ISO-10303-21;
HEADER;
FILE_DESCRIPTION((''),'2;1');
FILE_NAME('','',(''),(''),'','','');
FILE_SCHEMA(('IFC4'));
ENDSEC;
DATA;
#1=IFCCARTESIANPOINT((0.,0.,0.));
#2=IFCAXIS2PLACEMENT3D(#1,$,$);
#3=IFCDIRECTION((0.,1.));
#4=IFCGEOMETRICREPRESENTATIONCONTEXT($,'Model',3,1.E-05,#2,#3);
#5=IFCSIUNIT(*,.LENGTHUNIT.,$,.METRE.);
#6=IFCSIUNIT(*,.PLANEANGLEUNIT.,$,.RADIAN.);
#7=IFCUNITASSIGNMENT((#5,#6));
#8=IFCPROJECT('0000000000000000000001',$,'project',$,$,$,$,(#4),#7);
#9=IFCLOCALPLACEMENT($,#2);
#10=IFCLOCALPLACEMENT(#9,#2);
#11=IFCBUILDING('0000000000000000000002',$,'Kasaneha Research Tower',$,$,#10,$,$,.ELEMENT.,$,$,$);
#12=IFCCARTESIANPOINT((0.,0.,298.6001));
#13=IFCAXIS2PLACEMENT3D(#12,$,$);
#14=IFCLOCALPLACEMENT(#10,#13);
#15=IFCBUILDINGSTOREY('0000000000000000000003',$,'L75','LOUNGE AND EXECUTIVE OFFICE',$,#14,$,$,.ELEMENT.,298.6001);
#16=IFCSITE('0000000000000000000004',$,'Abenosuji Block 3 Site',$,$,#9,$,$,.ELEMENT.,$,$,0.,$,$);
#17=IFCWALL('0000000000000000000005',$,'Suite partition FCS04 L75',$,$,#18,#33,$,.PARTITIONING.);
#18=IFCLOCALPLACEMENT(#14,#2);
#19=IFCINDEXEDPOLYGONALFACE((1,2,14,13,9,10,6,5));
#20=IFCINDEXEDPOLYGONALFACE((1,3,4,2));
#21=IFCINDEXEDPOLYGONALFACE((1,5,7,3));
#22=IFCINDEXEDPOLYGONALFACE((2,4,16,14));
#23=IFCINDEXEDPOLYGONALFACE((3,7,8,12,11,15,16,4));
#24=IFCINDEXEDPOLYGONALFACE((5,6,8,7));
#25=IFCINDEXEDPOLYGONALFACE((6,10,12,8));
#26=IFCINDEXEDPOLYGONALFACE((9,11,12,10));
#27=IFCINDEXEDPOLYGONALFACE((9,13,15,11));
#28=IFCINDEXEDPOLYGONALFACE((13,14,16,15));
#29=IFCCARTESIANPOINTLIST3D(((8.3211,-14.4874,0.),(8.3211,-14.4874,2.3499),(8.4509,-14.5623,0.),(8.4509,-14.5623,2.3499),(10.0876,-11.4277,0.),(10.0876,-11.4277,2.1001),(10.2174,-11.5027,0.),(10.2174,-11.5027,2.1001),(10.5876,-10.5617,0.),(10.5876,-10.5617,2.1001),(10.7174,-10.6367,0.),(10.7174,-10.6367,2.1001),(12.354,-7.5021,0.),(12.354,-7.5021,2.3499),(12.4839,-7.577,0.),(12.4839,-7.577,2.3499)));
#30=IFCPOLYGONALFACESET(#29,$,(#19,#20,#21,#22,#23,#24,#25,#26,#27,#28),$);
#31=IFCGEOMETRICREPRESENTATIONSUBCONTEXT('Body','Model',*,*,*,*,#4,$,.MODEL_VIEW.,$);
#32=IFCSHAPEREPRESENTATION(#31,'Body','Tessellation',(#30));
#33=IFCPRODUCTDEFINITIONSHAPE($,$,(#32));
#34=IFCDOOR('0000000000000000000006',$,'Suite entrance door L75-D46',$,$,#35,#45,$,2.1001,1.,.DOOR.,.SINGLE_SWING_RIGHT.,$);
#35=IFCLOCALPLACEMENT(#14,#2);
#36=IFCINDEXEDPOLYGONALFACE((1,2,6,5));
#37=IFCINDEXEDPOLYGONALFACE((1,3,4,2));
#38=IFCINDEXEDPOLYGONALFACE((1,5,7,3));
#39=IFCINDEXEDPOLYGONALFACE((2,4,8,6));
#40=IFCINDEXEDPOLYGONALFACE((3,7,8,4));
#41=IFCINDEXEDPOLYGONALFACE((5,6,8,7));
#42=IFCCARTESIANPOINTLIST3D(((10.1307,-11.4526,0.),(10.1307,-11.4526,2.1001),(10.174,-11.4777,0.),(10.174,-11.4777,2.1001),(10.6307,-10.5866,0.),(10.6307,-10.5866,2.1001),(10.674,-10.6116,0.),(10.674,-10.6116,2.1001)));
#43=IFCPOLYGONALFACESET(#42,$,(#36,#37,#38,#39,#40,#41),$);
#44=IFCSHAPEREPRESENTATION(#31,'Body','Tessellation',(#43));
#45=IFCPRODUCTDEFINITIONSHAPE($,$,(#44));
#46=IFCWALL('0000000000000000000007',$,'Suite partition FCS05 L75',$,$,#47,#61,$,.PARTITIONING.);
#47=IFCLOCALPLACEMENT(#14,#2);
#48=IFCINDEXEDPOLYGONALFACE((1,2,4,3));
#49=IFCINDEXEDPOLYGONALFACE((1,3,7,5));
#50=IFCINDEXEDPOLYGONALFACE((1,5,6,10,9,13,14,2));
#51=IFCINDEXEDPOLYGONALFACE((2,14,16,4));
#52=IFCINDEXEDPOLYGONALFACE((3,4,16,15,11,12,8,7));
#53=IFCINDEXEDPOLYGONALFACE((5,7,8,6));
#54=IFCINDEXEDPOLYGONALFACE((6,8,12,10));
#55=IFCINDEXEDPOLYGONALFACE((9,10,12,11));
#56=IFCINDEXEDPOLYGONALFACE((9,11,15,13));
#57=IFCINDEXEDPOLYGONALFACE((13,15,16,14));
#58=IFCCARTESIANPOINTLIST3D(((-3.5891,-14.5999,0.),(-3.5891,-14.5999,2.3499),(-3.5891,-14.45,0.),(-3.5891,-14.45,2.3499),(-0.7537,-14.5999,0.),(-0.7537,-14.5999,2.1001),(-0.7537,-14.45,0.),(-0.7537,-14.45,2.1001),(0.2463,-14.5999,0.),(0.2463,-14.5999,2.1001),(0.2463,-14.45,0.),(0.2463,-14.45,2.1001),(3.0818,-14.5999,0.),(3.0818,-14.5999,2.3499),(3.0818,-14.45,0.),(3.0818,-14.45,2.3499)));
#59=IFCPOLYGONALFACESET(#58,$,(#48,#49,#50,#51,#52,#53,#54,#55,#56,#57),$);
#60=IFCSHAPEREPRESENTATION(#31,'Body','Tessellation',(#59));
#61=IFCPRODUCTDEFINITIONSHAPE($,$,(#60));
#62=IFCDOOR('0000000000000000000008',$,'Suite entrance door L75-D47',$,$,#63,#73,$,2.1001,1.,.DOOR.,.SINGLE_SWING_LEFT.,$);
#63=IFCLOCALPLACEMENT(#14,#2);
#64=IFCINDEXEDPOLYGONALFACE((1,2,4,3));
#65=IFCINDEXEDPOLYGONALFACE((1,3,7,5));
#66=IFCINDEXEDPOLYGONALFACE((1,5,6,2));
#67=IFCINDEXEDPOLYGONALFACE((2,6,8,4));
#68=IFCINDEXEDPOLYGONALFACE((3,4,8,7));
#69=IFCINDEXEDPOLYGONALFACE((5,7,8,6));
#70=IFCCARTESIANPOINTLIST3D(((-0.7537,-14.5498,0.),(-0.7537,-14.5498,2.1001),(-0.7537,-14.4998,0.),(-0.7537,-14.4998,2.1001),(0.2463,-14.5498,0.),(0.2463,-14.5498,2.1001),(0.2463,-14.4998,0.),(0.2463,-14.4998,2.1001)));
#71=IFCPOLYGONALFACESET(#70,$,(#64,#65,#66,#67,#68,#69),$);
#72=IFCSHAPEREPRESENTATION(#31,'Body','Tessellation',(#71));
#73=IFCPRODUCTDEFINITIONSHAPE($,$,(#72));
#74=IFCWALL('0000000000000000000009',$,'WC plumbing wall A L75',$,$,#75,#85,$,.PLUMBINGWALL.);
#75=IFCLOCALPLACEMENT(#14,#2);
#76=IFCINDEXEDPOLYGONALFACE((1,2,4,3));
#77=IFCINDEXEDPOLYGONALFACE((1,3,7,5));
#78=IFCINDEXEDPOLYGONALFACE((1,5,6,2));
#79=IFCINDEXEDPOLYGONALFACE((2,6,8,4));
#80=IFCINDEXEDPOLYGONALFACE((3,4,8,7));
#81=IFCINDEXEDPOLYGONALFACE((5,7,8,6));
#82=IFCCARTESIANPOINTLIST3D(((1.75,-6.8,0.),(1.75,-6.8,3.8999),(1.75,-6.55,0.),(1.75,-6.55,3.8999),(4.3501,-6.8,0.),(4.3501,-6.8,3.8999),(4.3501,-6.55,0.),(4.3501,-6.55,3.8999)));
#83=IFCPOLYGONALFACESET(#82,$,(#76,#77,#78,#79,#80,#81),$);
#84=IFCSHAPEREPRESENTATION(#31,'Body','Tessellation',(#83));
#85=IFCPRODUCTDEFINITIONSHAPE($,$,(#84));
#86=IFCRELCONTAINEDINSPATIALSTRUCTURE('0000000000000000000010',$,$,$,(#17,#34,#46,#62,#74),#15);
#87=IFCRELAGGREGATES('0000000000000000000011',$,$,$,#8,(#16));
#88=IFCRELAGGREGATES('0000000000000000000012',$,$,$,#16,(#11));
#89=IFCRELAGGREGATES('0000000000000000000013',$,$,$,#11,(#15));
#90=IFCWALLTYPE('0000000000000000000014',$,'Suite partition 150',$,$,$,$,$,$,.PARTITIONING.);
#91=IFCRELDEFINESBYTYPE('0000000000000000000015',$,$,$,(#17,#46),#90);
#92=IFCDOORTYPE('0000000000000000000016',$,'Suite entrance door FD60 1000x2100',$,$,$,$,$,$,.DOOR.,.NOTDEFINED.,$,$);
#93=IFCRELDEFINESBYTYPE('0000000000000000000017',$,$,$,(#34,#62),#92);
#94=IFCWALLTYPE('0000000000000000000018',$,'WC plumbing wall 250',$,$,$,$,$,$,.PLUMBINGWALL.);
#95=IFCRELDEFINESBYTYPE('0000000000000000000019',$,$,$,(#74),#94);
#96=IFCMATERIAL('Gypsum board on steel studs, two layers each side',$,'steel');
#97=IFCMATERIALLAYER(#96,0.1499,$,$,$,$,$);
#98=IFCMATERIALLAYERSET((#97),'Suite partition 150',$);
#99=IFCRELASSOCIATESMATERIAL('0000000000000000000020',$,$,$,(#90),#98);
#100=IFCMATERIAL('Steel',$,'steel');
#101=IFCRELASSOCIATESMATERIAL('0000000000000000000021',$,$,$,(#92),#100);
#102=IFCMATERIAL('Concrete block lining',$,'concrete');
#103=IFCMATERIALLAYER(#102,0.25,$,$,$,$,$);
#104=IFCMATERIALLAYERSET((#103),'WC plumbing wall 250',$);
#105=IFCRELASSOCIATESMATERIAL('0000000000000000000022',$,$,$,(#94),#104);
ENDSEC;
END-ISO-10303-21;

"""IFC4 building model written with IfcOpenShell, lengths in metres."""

from ifc_helpers import new_model, si_unit, direction, frame, frame_2d, origin, place, context, subcontext, project, spatial, rectangle, extrude, material, layer, layer_set, type_object, element, fill, save


model = new_model("IFC4")

# Units and contexts
model_context = context("Model", 3, precision=1e-05, world=origin(), true_north=direction((0.0, 1.0)))
body_context = subcontext(model_context, "Body", "Model", "MODEL_VIEW")
ifc_project = project(units=[si_unit("LENGTHUNIT", "METRE"), si_unit("PLANEANGLEUNIT", "RADIAN")], contexts=[model_context])

# Site, building, storey
site_placement = place(None, origin())
site = spatial("IfcSite", under=ifc_project, at=site_placement, Name="Abenosuji Block 3 Site", CompositionType="ELEMENT", RefElevation=0.0)
building_placement = place(site_placement, origin())
building = spatial("IfcBuilding", under=site, at=building_placement, Name="Kasaneha Research Tower", CompositionType="ELEMENT")
storey_placement = place(building_placement, frame((0.0, 0.0, 298.6001)))
storey = spatial("IfcBuildingStorey", under=building, at=storey_placement, Name="L75", Description="LOUNGE AND EXECUTIVE OFFICE", CompositionType="ELEMENT", Elevation=298.6001)

# Shared definitions
ifc_material_1 = material(Name="Gypsum board on steel studs, two layers each side", Category="steel")
ifc_layer_1 = layer(ifc_material_1, 0.1499)
ifc_layer_set_1 = layer_set([ifc_layer_1], Name="Suite partition 150")
wall_type_1 = type_object("IfcWallType", Name="Suite partition 150", PredefinedType="PARTITIONING", material=ifc_layer_set_1)

# Walls, openings, doors
wall_1_placement = place(storey_placement, frame((12.4189, -7.5396, 0.0), z_axis=(0.0, 0.0, 1.0), x_axis=(-0.499997, -0.866027, 0.0)))
wall_1 = element("IfcWall", 1, at=wall_1_placement, inside=storey, type_object=wall_type_1, Name="Suite partition FCS04 L75", PredefinedType="PARTITIONING", context=body_context, shape_type="SweptSolid", body=[
    extrude(rectangle(XDim=8.0659, YDim=0.1499, at=frame_2d((4.033, 0.0))), origin(), (0.0, 0.0, 1.0), 2.3499),
])
opening_1_placement = place(wall_1_placement, frame((3.533, 0.0, 0.0)))
opening_1 = element("IfcOpeningElement", 2, at=opening_1_placement, cuts=wall_1, PredefinedType="OPENING", context=body_context, shape_type="SweptSolid", body=[
    extrude(rectangle(XDim=1.0, YDim=2.1001, at=frame_2d((0.5, 1.05))), frame((0.0, 0.085, 0.0), z_axis=(0.0, -1.0, 0.0), x_axis=(1.0, 0.0, 0.0)), (0.0, 0.0, 1.0), 0.1699),
])
ifc_material_2 = material(Name="Steel", Category="steel")
door_type_1 = type_object("IfcDoorType", Name="Suite entrance door FD60 1000x2100", OperationType="NOTDEFINED", PredefinedType="DOOR", material=ifc_material_2)
door_1_placement = place(opening_1_placement, origin())
door_1 = element("IfcDoor", 3, at=door_1_placement, inside=storey, type_object=door_type_1, Name="Suite entrance door L75-D46", OperationType="SINGLE_SWING_RIGHT", OverallHeight=2.1001, OverallWidth=1.0, PredefinedType="DOOR", context=body_context, shape_type="SweptSolid", body=[
    extrude(rectangle(XDim=1.0, YDim=2.1001, at=frame_2d((0.5, 1.05))), frame((0.0, 0.0249, 0.0), z_axis=(0.0, -1.0, 0.0), x_axis=(1.0, 0.0, 0.0)), (0.0, 0.0, 1.0), 0.05),
])
fill(opening_1, door_1)
wall_2_placement = place(storey_placement, frame((3.0818, -14.5249, 0.0), z_axis=(0.0, 0.0, 1.0), x_axis=(-1.0, 0.0, 0.0)))
wall_2 = element("IfcWall", 4, at=wall_2_placement, inside=storey, type_object=wall_type_1, Name="Suite partition FCS05 L75", PredefinedType="PARTITIONING", context=body_context, shape_type="SweptSolid", body=[
    extrude(rectangle(XDim=6.6709, YDim=0.1499, at=frame_2d((3.3354, 0.0))), origin(), (0.0, 0.0, 1.0), 2.3499),
])
opening_2_placement = place(wall_2_placement, frame((2.8354, 0.0, 0.0)))
opening_2 = element("IfcOpeningElement", 5, at=opening_2_placement, cuts=wall_2, PredefinedType="OPENING", context=body_context, shape_type="SweptSolid", body=[
    extrude(rectangle(XDim=1.0, YDim=2.1001, at=frame_2d((0.5, 1.05))), frame((0.0, 0.085, 0.0), z_axis=(0.0, -1.0, 0.0), x_axis=(1.0, 0.0, 0.0)), (0.0, 0.0, 1.0), 0.1699),
])
door_2_placement = place(opening_2_placement, origin())
door_2 = element("IfcDoor", 6, at=door_2_placement, inside=storey, type_object=door_type_1, Name="Suite entrance door L75-D47", OperationType="SINGLE_SWING_LEFT", OverallHeight=2.1001, OverallWidth=1.0, PredefinedType="DOOR", context=body_context, shape_type="SweptSolid", body=[
    extrude(rectangle(XDim=1.0, YDim=2.1001, at=frame_2d((0.5, 1.05))), frame((0.0, 0.0249, 0.0), z_axis=(0.0, -1.0, 0.0), x_axis=(1.0, 0.0, 0.0)), (0.0, 0.0, 1.0), 0.05),
])
fill(opening_2, door_2)

# Wall
ifc_material_3 = material(Name="Concrete block lining", Category="concrete")
ifc_layer_2 = layer(ifc_material_3, 0.25)
ifc_layer_set_2 = layer_set([ifc_layer_2], Name="WC plumbing wall 250")
wall_type_2 = type_object("IfcWallType", Name="WC plumbing wall 250", PredefinedType="PLUMBINGWALL", material=ifc_layer_set_2)
wall_3_placement = place(storey_placement, frame((1.75, -6.675, 0.0), z_axis=(0.0, 0.0, 1.0), x_axis=(1.0, 0.0, 0.0)))
element("IfcWall", 7, at=wall_3_placement, inside=storey, type_object=wall_type_2, Name="WC plumbing wall A L75", PredefinedType="PLUMBINGWALL", context=body_context, shape_type="SweptSolid", body=[
    extrude(rectangle(XDim=2.6001, YDim=0.25, at=frame_2d((1.3, 0.0))), origin(), (0.0, 0.0, 1.0), 3.8999),
])

save(model, "model.ifc")
